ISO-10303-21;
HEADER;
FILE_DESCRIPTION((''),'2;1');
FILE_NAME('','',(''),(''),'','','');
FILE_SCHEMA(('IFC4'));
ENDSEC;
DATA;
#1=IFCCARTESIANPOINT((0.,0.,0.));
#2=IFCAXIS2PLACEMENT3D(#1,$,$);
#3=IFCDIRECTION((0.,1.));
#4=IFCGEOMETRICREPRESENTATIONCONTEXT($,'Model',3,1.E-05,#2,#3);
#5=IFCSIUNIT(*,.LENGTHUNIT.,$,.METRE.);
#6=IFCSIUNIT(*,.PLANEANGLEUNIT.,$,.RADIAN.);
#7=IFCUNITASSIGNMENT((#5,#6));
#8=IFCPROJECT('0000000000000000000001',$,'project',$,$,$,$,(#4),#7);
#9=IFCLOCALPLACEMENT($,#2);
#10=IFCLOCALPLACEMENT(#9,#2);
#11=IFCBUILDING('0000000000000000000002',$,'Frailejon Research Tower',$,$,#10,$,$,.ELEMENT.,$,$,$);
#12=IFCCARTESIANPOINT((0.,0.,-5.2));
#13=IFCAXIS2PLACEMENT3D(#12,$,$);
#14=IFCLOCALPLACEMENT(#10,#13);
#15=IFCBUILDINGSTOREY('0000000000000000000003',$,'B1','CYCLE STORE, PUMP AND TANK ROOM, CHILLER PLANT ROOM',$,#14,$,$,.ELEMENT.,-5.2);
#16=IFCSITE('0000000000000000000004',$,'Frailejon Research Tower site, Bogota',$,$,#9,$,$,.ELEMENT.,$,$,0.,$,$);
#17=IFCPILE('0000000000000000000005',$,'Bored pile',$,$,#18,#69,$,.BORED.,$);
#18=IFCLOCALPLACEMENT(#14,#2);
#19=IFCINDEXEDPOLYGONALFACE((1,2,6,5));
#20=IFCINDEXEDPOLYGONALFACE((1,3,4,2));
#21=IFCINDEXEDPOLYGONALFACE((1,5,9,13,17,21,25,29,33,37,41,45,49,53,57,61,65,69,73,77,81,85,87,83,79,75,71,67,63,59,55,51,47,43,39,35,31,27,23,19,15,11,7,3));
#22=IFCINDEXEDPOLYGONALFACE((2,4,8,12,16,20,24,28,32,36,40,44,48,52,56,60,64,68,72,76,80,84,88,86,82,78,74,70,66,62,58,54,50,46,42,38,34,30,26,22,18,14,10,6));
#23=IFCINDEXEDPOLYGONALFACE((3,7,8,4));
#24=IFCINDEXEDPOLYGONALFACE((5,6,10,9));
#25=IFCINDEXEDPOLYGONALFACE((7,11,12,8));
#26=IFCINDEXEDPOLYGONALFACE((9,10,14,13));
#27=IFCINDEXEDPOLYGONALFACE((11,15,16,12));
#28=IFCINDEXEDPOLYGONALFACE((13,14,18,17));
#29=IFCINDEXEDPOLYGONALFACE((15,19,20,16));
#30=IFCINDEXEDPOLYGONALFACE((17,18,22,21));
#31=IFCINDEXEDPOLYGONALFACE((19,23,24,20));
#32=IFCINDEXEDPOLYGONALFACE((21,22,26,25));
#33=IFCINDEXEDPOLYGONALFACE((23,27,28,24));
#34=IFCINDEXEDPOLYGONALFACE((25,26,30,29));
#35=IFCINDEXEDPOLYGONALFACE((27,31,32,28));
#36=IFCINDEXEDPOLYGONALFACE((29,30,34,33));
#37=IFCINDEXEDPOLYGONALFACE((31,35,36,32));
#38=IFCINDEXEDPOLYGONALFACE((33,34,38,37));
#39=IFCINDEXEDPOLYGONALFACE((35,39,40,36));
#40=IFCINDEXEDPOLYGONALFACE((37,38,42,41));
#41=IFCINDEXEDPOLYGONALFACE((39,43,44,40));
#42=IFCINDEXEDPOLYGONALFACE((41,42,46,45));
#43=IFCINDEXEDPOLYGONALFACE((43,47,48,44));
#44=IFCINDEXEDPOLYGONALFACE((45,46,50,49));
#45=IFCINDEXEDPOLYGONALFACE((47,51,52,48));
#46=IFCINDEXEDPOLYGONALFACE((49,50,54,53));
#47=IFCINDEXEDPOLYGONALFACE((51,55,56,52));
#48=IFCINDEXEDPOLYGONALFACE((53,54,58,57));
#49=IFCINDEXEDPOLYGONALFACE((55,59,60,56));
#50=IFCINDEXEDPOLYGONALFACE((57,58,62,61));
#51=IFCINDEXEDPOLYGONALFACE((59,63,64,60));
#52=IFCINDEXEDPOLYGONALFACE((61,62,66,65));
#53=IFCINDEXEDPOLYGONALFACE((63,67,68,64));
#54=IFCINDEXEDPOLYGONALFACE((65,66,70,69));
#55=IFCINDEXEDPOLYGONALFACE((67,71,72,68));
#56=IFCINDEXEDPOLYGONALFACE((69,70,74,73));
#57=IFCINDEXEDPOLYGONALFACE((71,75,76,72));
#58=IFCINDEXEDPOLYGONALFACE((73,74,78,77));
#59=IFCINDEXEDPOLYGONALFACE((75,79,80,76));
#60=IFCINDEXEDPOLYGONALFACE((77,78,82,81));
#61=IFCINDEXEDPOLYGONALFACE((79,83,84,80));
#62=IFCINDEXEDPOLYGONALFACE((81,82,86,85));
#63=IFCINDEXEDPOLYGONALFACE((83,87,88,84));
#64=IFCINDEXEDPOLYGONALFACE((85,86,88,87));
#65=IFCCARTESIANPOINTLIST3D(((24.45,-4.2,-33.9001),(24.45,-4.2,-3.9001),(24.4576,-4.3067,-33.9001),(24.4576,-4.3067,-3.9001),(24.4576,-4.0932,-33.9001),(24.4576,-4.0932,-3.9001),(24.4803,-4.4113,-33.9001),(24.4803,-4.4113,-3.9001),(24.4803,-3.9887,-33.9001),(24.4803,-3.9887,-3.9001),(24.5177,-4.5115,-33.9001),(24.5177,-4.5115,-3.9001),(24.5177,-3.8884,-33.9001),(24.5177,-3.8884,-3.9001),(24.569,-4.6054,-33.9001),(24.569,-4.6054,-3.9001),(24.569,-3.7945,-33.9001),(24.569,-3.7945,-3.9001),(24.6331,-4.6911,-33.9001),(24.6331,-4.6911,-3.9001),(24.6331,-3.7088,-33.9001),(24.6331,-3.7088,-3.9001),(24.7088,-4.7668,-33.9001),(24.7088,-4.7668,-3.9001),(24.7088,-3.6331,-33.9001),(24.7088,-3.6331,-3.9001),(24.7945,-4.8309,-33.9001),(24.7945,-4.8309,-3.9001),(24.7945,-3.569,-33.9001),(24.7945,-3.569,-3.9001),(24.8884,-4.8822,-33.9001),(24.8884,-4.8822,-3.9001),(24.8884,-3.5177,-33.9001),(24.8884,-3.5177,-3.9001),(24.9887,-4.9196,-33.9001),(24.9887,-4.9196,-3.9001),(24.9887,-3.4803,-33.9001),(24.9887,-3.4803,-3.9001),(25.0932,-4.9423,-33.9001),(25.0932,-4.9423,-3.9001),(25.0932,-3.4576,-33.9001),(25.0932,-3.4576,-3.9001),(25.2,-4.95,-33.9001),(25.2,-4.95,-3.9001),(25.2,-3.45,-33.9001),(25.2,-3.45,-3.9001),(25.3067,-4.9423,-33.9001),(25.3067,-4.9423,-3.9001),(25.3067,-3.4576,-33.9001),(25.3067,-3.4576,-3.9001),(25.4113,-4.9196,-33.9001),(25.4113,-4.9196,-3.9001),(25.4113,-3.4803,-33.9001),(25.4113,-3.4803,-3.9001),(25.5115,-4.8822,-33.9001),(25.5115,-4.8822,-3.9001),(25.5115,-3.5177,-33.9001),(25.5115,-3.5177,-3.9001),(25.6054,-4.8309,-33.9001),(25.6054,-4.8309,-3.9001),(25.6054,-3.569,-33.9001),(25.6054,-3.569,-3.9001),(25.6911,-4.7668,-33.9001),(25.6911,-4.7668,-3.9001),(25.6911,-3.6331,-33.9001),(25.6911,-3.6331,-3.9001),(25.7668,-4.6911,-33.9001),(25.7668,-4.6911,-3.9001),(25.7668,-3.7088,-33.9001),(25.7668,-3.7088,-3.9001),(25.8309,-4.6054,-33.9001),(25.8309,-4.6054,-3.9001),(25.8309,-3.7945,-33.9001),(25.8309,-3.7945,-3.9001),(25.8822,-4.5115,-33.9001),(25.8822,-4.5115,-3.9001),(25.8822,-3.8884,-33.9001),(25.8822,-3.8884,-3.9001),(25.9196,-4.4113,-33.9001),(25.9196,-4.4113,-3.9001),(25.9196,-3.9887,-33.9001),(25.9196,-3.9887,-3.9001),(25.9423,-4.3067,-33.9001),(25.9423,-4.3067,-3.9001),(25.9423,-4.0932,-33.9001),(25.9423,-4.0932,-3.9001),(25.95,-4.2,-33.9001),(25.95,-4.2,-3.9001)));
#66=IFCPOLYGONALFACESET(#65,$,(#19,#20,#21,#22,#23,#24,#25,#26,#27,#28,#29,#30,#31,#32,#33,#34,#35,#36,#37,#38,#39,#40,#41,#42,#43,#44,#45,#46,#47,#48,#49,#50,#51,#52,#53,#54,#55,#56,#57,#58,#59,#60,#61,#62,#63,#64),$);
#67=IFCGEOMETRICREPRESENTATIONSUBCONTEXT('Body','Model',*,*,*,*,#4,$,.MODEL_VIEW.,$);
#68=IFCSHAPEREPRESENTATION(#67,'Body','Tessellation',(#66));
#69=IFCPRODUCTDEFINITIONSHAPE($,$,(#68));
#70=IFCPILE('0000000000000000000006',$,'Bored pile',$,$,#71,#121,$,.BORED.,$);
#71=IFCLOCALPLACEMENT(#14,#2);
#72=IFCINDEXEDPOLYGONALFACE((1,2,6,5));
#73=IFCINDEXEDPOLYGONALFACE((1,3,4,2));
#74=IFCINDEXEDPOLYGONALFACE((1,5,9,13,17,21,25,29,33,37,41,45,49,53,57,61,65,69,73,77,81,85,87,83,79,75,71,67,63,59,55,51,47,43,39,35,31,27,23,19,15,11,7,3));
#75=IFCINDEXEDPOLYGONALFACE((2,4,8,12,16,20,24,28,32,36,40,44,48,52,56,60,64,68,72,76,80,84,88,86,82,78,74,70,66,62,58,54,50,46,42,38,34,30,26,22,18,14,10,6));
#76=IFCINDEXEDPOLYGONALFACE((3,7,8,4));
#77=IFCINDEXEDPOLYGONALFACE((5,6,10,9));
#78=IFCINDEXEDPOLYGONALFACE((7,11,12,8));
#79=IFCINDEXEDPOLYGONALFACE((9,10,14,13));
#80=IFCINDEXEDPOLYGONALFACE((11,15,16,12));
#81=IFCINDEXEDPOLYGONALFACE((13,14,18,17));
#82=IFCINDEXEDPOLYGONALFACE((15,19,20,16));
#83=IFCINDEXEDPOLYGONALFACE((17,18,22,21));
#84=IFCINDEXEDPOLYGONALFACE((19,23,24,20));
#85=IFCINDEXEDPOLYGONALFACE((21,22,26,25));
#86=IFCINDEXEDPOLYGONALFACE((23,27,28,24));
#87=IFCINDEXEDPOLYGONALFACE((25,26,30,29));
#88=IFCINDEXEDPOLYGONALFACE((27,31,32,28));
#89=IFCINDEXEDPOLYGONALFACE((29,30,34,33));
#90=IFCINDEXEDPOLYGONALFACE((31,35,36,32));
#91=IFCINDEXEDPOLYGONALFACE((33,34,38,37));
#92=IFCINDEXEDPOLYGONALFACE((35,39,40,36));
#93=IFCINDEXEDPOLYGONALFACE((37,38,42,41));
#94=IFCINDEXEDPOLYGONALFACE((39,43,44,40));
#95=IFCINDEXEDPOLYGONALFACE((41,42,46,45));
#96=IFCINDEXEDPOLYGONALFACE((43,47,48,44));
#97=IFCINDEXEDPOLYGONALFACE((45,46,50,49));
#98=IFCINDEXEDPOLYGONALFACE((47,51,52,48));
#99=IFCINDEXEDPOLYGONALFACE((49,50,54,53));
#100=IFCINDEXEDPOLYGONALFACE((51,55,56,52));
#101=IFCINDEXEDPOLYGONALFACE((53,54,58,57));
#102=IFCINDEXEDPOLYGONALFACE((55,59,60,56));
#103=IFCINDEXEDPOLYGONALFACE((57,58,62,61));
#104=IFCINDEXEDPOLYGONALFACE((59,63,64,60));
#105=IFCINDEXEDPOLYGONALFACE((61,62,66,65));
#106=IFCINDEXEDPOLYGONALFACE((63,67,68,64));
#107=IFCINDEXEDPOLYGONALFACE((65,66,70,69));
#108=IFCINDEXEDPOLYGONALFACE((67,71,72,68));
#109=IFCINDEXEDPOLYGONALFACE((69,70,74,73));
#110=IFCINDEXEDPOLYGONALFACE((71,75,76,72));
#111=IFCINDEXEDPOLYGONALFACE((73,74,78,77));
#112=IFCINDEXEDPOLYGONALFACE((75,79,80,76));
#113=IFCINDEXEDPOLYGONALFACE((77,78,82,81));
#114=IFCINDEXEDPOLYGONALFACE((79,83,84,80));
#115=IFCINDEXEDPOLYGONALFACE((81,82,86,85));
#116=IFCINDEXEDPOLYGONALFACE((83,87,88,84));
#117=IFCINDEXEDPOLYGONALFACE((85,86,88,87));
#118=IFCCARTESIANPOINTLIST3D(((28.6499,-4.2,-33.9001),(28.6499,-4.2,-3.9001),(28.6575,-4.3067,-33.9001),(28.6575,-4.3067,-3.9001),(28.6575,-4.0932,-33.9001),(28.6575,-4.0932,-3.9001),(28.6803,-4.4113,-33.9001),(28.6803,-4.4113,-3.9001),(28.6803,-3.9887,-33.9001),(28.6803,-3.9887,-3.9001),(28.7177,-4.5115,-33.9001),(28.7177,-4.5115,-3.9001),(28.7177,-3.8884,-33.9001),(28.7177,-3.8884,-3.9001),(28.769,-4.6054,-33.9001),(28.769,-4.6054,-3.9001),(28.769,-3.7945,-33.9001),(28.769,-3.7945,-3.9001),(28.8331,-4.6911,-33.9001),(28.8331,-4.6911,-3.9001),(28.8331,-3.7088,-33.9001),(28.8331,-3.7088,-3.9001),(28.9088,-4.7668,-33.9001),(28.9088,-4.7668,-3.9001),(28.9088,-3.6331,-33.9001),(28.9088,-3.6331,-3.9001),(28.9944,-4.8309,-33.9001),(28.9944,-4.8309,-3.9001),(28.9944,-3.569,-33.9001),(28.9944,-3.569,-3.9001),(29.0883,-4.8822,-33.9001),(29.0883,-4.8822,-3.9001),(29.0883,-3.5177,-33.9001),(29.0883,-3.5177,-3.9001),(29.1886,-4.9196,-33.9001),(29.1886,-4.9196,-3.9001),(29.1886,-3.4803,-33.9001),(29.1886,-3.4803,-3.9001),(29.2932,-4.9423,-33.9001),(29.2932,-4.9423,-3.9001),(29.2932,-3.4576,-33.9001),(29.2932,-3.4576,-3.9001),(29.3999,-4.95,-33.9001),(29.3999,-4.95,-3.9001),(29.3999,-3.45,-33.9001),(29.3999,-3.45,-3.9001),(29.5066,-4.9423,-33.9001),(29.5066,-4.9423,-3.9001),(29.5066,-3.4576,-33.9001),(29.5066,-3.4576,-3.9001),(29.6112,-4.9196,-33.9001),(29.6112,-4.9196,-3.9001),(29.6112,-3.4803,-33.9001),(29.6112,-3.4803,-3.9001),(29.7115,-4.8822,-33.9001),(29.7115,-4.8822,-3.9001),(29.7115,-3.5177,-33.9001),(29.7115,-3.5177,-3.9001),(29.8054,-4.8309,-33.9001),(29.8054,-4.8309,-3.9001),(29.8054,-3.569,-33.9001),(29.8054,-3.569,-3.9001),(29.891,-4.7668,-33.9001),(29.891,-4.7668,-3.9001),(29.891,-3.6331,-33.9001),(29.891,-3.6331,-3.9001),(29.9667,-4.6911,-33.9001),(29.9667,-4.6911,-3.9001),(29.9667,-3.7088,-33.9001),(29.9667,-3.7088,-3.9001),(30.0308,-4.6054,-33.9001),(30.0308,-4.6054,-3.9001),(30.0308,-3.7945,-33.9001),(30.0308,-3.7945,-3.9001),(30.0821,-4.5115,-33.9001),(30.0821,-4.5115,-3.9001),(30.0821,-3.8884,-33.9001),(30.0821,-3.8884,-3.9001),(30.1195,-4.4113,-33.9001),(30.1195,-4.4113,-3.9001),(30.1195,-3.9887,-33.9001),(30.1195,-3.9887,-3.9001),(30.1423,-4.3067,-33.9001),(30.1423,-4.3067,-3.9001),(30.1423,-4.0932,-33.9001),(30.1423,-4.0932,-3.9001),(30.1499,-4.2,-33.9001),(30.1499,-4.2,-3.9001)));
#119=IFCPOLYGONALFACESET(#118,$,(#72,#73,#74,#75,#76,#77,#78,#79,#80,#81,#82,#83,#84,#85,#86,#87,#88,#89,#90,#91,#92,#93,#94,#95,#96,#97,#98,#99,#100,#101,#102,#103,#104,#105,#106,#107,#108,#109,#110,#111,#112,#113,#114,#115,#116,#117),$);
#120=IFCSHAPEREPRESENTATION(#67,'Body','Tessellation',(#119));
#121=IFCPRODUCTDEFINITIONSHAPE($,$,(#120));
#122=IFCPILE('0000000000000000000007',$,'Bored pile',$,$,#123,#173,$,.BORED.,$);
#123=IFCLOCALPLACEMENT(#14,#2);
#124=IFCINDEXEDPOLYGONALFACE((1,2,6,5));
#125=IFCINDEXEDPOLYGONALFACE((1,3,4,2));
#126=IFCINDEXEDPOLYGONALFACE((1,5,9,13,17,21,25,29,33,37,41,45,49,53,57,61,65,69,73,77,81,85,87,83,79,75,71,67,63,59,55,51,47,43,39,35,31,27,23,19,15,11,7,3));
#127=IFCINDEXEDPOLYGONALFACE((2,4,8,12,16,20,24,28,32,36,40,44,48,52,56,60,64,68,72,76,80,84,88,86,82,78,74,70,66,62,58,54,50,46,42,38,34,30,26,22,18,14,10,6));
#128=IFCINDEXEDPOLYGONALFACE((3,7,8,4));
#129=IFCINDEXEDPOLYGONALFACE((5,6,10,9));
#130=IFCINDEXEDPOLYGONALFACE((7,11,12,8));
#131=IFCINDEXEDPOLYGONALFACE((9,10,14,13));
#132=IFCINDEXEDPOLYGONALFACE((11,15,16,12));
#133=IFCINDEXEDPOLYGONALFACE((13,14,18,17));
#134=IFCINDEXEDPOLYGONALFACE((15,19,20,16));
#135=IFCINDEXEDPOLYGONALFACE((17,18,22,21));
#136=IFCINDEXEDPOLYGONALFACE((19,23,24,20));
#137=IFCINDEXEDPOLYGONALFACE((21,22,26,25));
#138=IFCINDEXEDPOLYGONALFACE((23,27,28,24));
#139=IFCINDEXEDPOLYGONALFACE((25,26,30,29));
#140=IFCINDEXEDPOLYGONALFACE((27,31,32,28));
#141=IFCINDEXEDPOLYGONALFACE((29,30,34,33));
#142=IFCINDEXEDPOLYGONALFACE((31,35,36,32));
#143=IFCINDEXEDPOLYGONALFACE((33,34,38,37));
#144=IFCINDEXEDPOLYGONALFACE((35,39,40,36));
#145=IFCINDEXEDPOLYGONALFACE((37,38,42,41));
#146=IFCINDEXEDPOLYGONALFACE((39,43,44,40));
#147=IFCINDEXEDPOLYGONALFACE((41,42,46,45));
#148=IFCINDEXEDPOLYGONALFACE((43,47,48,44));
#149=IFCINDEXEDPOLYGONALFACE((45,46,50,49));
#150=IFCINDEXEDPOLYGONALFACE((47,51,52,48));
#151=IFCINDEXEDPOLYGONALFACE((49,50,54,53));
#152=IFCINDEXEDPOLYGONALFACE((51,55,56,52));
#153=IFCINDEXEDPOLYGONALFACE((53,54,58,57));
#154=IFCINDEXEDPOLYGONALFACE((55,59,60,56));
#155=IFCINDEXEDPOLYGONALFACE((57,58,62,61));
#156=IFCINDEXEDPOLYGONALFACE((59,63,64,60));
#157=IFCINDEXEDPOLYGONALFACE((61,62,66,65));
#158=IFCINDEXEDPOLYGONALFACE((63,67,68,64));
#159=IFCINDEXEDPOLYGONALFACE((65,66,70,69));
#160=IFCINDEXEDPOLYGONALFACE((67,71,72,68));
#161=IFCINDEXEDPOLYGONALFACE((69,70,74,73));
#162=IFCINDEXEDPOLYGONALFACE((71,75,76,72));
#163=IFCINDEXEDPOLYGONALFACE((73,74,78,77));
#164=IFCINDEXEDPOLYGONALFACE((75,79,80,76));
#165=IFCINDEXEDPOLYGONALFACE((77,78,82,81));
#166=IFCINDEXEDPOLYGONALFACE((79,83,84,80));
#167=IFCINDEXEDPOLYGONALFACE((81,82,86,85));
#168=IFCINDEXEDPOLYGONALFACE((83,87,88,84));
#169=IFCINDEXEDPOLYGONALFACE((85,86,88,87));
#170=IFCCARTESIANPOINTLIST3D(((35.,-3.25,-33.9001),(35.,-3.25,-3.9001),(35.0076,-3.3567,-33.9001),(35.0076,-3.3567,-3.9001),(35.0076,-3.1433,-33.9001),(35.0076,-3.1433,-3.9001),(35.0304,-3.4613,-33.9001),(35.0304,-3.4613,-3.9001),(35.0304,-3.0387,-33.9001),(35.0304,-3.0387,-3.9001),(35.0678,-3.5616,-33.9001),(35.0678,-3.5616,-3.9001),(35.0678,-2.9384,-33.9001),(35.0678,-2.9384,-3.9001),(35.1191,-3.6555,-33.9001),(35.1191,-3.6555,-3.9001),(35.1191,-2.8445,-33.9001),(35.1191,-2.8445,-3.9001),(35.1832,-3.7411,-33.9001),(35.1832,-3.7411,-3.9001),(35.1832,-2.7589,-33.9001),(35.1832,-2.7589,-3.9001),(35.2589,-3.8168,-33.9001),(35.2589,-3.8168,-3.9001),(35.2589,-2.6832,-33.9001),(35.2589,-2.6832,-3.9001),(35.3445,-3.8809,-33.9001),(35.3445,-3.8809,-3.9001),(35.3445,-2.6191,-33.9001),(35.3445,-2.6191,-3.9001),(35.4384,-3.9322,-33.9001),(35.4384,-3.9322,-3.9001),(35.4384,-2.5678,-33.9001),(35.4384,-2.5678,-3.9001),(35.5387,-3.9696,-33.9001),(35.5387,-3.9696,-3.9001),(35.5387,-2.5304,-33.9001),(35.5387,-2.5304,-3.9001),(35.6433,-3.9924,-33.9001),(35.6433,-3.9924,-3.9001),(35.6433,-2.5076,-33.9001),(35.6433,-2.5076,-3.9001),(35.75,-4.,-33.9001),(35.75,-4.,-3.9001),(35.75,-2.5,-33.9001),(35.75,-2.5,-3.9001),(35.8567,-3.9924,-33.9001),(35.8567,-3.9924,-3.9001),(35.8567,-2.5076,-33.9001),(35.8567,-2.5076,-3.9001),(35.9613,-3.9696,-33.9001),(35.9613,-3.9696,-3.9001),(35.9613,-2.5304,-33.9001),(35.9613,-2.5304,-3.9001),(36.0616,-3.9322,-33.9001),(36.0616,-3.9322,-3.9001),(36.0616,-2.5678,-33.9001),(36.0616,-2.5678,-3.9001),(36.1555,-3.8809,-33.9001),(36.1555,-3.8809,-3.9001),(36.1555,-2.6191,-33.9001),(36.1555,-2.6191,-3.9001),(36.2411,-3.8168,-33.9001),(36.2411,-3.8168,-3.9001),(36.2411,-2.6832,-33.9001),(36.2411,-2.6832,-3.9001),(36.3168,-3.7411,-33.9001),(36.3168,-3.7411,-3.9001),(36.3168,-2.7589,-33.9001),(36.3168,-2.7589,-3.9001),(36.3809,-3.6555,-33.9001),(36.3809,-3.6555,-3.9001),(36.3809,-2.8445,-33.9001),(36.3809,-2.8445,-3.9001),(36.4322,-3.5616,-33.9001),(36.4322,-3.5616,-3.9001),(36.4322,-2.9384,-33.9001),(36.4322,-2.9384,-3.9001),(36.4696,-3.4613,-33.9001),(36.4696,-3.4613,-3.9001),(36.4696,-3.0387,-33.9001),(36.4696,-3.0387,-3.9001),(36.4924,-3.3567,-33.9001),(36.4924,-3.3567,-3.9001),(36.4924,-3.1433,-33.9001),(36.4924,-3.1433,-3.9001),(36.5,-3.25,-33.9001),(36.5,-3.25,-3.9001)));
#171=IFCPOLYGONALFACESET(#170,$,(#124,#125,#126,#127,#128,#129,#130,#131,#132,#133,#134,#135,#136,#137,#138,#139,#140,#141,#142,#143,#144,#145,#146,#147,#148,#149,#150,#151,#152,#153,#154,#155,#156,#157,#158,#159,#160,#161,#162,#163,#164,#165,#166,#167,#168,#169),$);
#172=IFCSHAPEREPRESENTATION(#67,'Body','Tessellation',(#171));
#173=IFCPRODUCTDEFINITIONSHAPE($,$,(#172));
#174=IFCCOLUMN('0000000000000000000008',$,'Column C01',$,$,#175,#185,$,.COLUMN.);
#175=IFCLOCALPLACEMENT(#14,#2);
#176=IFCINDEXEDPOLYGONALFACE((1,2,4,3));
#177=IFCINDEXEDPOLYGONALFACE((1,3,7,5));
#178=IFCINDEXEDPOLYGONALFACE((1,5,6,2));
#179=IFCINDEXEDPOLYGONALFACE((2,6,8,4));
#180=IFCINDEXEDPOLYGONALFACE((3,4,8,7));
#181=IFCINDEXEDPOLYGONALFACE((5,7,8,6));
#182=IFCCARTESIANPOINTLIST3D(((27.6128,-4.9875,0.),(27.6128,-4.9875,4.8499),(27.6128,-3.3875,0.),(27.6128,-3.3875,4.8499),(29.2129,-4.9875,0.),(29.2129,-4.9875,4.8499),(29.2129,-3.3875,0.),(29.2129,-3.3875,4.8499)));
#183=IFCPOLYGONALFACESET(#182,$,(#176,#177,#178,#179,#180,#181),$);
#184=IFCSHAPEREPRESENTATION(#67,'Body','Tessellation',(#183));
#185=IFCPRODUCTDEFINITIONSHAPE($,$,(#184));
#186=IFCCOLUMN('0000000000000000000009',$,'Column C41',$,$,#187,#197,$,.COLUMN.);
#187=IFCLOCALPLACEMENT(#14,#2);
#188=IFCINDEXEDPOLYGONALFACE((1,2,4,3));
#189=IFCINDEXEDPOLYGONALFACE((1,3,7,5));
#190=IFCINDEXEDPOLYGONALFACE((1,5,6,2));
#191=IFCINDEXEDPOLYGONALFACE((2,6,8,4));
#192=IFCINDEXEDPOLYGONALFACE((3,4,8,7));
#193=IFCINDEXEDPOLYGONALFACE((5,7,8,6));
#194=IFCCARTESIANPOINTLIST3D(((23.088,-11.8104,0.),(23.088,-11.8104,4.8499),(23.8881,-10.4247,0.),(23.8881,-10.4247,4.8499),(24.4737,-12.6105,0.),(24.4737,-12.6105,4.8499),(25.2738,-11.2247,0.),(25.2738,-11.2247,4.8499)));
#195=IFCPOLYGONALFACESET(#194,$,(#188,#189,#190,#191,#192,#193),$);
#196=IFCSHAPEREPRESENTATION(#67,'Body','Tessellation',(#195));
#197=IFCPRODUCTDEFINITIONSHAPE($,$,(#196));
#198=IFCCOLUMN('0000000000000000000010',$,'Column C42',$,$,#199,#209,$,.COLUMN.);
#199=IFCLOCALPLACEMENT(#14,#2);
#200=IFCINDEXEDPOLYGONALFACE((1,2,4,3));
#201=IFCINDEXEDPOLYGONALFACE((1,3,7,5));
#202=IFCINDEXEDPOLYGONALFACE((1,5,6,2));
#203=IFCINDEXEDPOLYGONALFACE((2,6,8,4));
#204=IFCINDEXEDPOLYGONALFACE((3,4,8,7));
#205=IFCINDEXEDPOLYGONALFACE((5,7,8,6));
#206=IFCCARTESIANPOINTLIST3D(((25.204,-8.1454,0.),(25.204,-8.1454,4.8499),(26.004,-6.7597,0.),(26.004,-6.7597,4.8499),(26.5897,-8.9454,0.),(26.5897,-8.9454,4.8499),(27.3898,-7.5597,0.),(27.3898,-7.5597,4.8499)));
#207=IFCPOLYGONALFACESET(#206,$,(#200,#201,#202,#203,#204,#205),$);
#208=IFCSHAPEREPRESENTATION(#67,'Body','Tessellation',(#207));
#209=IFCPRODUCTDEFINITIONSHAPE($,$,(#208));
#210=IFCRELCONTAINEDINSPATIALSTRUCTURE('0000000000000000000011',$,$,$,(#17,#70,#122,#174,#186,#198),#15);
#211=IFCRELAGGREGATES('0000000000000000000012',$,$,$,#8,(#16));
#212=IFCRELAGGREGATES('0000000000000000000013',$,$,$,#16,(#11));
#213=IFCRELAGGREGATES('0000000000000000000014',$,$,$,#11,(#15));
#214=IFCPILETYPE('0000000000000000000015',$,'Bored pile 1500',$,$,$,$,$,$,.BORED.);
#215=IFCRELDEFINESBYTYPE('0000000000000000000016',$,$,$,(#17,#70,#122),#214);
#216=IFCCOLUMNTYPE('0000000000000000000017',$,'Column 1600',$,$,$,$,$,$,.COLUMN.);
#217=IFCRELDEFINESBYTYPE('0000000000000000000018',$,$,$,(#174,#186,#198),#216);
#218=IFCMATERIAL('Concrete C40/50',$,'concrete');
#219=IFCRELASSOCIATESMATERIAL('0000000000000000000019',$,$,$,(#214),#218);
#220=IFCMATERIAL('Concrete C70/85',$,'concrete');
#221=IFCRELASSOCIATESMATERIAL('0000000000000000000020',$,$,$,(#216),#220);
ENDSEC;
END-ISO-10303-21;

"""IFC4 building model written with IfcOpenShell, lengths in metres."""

from ifc_helpers import new_model, si_unit, direction, frame, origin, origin_2d, place, context, subcontext, project, spatial, rectangle, circle, extrude, material, material_profile, profile_set, type_object, element, save


model = new_model("IFC4")

# Units and contexts
model_context = context("Model", 3, precision=1e-05, world=origin(), true_north=direction((0.0, 1.0)))
body_context = subcontext(model_context, "Body", "Model", "MODEL_VIEW")
ifc_project = project(units=[si_unit("LENGTHUNIT", "METRE"), si_unit("PLANEANGLEUNIT", "RADIAN")], contexts=[model_context])

# Site, building, storey
site_placement = place(None, origin())
site = spatial("IfcSite", under=ifc_project, at=site_placement, Name="Frailejon Research Tower site, Bogota", CompositionType="ELEMENT", RefElevation=0.0)
building_placement = place(site_placement, origin())
building = spatial("IfcBuilding", under=site, at=building_placement, Name="Frailejon Research Tower", CompositionType="ELEMENT")
storey_placement = place(building_placement, frame((0.0, 0.0, -5.2)))
storey = spatial("IfcBuildingStorey", under=building, at=storey_placement, Name="B1", Description="CYCLE STORE, PUMP AND TANK ROOM, CHILLER PLANT ROOM", CompositionType="ELEMENT", Elevation=-5.2)

# Piles
ifc_material_1 = material(Name="Concrete C40/50", Category="concrete")
ifc_material_profile_1 = material_profile(ifc_material_1, circle(Radius=0.75, at=origin_2d()), Name="Bored pile 1500")
ifc_profile_set_1 = profile_set([ifc_material_profile_1], Name="Concrete C40/50")
pile_type = type_object("IfcPileType", Name="Bored pile 1500", PredefinedType="BORED", material=ifc_profile_set_1)
for number, where, z_axis, x_axis, name in (
    (1, (25.2, -4.2, -3.9001), (0.0, 0.0, -1.0), (1.0, 0.0, 0.0), "Bored pile"),
    (2, (29.3999, -4.2, -3.9001), (0.0, 0.0, -1.0), (1.0, 0.0, 0.0), "Bored pile"),
    (3, (35.75, -3.25, -3.9001), (0.0, 0.0, -1.0), (1.0, 0.0, 0.0), "Bored pile"),
):
    element("IfcPile", number, at=place(storey_placement, frame(where, z_axis=z_axis, x_axis=x_axis)), inside=storey, type_object=pile_type, Name=name, PredefinedType="BORED", context=body_context, shape_type="SweptSolid", body=[
        extrude(circle(Radius=0.75, at=origin_2d()), origin(), (0.0, 0.0, 1.0), 30.0),
    ])

# Columns
ifc_material_2 = material(Name="Concrete C70/85", Category="concrete")
ifc_material_profile_2 = material_profile(ifc_material_2, rectangle(XDim=1.6001, YDim=1.6001, at=origin_2d()), Name="Column 1600")
ifc_profile_set_2 = profile_set([ifc_material_profile_2], Name="Concrete C70/85")
column_type_1 = type_object("IfcColumnType", Name="Column 1600", PredefinedType="COLUMN", material=ifc_profile_set_2)
for number, where, z_axis, x_axis, name in (
    (4, (28.4128, -4.1875, 0.0), (0.0, 0.0, 1.0), (0.0, 1.0, 0.0), "Column C01"),
    (5, (24.1809, -11.5176, 0.0), (0.0, 0.0, 1.0), (0.5, 0.866025, 0.0), "Column C41"),
    (6, (26.2969, -7.8525, 0.0), (0.0, 0.0, 1.0), (0.5, 0.866025, 0.0), "Column C42"),
):
    element("IfcColumn", number, at=place(storey_placement, frame(where, z_axis=z_axis, x_axis=x_axis)), inside=storey, type_object=column_type_1, Name=name, PredefinedType="COLUMN", context=body_context, shape_type="SweptSolid", body=[
        extrude(rectangle(XDim=1.6001, YDim=1.6001, at=origin_2d()), origin(), (0.0, 0.0, 1.0), 4.8499),
    ])

save(model, "model.ifc")
